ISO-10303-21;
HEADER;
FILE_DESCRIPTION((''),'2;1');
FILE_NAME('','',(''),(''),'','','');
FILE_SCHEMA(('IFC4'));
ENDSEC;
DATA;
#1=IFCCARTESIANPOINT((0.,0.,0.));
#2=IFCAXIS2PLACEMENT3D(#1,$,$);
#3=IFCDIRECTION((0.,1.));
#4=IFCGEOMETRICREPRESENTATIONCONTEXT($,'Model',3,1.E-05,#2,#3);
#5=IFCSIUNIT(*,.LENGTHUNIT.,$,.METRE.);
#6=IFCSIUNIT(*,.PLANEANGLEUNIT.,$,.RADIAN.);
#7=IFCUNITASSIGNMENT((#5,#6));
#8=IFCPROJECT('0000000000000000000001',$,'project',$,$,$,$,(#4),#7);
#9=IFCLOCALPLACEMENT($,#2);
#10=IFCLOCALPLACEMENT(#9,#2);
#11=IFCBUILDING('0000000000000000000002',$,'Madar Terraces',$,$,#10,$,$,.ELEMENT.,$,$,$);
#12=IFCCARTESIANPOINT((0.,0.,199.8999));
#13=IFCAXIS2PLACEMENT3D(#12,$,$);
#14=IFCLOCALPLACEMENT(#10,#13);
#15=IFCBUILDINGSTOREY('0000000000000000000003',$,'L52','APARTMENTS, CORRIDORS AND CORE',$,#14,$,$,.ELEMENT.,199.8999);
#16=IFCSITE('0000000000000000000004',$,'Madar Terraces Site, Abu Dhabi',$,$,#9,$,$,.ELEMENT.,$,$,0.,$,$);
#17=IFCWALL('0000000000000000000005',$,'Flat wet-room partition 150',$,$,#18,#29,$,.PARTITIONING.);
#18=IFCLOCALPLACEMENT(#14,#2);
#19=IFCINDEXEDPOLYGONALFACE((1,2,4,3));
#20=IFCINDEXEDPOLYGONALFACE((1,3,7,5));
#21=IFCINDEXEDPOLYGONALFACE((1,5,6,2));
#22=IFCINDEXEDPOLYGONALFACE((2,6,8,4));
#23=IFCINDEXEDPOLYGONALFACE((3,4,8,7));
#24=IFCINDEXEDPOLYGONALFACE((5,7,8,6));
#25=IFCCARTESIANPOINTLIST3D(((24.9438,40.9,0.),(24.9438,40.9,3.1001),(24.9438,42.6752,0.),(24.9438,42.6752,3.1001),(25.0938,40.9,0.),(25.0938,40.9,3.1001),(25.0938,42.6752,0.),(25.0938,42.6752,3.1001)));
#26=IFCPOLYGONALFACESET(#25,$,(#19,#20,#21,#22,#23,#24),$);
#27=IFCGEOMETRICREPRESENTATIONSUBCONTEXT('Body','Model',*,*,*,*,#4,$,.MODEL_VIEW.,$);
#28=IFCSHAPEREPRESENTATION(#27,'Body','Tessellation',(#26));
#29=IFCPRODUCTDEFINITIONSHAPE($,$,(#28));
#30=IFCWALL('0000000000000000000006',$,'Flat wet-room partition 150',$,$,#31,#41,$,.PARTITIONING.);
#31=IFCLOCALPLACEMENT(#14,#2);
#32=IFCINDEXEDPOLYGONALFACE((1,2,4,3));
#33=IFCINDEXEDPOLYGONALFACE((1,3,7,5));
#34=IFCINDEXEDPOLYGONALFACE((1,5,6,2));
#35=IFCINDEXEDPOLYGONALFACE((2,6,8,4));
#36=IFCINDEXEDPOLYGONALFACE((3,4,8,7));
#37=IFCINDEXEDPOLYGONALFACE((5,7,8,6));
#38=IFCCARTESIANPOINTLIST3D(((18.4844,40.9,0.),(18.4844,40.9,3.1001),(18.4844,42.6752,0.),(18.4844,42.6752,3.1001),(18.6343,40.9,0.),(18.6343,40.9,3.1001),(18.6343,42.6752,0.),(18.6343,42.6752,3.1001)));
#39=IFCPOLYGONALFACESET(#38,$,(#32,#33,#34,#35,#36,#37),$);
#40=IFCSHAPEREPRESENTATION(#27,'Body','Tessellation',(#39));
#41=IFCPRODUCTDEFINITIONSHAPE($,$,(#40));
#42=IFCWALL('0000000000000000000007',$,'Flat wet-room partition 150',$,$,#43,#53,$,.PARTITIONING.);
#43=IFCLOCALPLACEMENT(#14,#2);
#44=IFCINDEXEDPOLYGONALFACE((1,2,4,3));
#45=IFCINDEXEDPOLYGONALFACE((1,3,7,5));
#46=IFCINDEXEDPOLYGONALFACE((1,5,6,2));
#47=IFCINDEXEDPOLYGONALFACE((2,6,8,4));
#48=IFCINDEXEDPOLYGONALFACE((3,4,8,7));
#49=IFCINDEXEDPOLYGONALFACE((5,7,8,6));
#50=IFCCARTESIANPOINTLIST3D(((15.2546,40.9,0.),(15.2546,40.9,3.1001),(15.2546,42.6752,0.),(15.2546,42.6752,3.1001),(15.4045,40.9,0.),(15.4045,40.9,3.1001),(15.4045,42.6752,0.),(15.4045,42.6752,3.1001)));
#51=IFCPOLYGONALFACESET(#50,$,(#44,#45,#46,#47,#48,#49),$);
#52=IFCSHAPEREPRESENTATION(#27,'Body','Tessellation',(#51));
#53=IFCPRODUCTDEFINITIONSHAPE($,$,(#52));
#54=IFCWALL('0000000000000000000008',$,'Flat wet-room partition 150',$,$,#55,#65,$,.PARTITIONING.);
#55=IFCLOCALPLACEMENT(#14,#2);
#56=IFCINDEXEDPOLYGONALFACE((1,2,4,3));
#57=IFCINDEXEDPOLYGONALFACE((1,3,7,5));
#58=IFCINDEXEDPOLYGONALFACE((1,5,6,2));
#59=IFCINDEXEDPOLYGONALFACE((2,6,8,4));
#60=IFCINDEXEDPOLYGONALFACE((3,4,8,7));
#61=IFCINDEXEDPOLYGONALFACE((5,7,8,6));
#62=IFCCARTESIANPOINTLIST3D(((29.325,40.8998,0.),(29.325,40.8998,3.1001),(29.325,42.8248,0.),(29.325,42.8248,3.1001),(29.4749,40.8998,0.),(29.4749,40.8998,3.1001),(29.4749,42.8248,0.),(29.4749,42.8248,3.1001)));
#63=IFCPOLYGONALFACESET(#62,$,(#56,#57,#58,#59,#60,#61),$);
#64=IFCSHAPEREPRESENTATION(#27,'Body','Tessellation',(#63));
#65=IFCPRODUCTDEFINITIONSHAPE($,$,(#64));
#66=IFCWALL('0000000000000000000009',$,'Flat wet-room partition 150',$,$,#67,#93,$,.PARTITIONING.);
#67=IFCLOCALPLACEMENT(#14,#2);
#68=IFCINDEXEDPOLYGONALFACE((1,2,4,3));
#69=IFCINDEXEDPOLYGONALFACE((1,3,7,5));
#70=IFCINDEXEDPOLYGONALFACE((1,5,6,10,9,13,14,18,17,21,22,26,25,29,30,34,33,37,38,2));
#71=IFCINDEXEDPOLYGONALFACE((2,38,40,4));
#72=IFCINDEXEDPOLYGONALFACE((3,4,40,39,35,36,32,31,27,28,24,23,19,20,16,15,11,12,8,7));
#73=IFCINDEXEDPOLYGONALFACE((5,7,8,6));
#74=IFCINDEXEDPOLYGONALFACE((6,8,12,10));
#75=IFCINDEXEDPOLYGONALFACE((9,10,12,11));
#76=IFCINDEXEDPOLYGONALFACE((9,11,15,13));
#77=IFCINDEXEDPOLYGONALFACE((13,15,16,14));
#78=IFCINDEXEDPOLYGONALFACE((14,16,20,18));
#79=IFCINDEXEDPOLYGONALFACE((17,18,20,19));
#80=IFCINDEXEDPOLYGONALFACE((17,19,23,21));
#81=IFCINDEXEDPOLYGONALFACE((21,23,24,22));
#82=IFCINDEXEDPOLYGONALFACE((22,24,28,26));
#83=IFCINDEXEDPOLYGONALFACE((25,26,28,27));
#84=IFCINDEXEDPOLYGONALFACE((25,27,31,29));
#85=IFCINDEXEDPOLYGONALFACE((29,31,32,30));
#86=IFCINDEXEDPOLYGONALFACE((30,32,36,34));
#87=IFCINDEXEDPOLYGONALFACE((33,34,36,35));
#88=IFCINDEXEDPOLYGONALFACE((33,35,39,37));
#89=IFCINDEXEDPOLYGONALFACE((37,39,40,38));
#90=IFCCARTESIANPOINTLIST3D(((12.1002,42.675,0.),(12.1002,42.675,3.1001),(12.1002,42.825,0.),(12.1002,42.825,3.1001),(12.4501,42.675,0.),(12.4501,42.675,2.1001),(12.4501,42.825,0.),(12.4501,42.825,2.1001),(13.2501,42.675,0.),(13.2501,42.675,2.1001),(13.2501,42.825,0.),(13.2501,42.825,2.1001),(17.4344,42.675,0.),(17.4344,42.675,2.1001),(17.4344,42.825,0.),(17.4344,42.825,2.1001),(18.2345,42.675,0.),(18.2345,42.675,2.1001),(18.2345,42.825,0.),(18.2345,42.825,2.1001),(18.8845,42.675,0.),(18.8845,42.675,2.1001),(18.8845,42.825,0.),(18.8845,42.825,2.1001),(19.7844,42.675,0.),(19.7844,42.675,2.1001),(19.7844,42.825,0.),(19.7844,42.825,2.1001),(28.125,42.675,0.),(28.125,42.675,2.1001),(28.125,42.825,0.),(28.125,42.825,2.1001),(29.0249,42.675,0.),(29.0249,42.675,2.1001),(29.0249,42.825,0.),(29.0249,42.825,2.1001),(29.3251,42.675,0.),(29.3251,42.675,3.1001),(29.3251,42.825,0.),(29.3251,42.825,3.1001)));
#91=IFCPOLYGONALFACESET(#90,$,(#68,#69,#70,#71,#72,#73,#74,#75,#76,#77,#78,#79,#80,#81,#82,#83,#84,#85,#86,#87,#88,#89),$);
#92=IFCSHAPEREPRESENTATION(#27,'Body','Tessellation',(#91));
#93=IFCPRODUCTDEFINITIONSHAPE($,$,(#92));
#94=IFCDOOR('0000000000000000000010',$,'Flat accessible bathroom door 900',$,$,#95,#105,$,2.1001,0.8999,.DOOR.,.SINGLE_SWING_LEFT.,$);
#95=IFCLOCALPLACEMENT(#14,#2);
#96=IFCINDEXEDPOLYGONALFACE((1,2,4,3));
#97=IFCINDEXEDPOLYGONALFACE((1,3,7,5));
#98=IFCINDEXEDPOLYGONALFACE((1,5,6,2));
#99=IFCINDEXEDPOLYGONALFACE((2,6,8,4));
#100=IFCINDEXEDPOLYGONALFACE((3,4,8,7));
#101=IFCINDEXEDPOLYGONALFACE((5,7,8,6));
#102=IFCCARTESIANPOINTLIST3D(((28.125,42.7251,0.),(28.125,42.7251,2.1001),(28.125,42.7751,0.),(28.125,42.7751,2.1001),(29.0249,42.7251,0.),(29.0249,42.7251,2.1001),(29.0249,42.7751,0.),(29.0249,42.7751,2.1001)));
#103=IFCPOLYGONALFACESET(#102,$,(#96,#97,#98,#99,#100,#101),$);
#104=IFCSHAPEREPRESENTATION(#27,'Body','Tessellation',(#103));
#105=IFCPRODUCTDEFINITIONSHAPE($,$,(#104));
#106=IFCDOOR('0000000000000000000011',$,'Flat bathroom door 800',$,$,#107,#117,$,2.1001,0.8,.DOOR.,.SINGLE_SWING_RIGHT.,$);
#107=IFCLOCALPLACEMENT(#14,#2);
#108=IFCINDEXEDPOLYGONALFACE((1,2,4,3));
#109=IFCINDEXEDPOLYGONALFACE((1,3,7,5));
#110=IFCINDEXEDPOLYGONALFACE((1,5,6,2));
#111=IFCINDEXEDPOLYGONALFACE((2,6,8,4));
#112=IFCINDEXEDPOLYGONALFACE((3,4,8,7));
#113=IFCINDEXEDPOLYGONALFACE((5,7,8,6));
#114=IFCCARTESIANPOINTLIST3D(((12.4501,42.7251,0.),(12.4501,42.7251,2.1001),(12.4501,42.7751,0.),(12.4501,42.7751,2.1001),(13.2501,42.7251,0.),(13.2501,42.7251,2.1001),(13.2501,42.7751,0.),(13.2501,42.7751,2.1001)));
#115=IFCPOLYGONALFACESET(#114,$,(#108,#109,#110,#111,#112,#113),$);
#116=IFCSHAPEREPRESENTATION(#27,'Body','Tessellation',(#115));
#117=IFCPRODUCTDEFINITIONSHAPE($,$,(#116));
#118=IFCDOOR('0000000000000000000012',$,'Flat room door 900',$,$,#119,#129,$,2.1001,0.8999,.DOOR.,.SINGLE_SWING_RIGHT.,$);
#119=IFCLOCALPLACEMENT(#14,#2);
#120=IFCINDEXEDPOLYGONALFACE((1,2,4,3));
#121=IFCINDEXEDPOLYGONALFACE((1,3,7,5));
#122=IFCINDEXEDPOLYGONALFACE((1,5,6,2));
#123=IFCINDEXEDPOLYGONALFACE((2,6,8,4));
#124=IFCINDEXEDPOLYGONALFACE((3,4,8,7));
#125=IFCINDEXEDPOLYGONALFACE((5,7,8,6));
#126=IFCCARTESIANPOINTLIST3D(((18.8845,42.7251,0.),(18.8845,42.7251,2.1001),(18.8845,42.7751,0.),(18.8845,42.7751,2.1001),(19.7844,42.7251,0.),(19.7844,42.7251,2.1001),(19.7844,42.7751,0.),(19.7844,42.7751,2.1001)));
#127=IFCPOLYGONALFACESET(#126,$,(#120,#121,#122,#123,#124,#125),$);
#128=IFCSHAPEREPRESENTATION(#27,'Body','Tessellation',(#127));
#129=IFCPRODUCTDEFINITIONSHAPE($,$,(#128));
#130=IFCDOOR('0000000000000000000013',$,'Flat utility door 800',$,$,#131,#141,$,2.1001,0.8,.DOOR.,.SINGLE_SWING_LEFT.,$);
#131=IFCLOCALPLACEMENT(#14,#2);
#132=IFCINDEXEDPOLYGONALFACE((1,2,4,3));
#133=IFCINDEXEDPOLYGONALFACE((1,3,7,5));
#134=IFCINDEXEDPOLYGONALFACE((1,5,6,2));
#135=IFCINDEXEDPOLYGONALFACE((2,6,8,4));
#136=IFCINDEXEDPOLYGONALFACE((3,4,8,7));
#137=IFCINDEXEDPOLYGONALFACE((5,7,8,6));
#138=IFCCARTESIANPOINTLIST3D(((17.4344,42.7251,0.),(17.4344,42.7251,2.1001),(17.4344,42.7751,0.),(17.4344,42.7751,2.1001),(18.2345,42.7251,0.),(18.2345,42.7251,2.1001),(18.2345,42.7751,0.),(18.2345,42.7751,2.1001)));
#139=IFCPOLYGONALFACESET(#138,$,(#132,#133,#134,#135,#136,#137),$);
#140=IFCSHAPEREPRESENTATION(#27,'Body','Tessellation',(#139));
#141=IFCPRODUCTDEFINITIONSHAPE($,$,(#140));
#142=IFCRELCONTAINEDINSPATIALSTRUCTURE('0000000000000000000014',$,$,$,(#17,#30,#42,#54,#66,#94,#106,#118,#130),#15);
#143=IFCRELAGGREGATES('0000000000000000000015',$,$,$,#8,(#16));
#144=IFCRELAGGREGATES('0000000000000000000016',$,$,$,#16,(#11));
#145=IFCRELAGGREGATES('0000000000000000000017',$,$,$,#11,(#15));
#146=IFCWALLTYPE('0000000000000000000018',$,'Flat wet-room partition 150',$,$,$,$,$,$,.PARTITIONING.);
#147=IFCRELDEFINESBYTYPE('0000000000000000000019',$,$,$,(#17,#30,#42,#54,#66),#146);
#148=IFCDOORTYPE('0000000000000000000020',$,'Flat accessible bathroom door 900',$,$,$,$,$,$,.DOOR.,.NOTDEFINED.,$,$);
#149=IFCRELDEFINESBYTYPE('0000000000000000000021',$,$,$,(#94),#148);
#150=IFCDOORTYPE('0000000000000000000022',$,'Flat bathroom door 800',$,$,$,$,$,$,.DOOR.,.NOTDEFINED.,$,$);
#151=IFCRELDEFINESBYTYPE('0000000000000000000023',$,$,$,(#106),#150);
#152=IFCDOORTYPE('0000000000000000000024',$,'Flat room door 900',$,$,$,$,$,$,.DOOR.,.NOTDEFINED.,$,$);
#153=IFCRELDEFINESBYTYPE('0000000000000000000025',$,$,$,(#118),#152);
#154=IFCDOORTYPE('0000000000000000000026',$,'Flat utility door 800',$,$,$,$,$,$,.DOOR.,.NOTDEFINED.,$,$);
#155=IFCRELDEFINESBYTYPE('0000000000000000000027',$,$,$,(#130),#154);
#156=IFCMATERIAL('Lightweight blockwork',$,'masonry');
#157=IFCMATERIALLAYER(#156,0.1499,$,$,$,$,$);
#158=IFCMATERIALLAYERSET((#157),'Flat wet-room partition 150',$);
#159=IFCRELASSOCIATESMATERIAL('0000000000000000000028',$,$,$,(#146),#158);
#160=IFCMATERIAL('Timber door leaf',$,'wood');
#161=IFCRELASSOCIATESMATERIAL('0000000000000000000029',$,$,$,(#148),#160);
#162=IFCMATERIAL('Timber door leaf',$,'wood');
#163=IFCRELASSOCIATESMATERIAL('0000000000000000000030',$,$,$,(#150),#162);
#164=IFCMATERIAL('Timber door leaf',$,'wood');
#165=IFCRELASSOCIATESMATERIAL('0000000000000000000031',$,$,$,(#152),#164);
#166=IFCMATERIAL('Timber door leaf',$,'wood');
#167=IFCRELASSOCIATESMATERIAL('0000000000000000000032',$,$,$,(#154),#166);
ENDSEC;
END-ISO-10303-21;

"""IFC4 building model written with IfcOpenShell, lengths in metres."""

from ifc_helpers import new_model, si_unit, direction, frame, frame_2d, origin, place, context, subcontext, project, spatial, rectangle, extrude, material, layer, layer_set, type_object, element, fill, save


model = new_model("IFC4")

# Units and contexts
model_context = context("Model", 3, precision=1e-05, world=origin(), true_north=direction((0.0, 1.0)))
body_context = subcontext(model_context, "Body", "Model", "MODEL_VIEW")
ifc_project = project(units=[si_unit("LENGTHUNIT", "METRE"), si_unit("PLANEANGLEUNIT", "RADIAN")], contexts=[model_context])

# Site, building, storey
site_placement = place(None, origin())
site = spatial("IfcSite", under=ifc_project, at=site_placement, Name="Madar Terraces Site, Abu Dhabi", CompositionType="ELEMENT", RefElevation=0.0)
building_placement = place(site_placement, origin())
building = spatial("IfcBuilding", under=site, at=building_placement, Name="Madar Terraces", CompositionType="ELEMENT")
storey_placement = place(building_placement, frame((0.0, 0.0, 199.8999)))
storey = spatial("IfcBuildingStorey", under=building, at=storey_placement, Name="L52", Description="APARTMENTS, CORRIDORS AND CORE", CompositionType="ELEMENT", Elevation=199.8999)

# Walls
ifc_material_1 = material(Name="Lightweight blockwork", Category="masonry")
ifc_layer_1 = layer(ifc_material_1, 0.1499)
ifc_layer_set_1 = layer_set([ifc_layer_1], Name="Flat wet-room partition 150")
wall_type_1 = type_object("IfcWallType", Name="Flat wet-room partition 150", PredefinedType="PARTITIONING", material=ifc_layer_set_1)
for number, where, z_axis, x_axis, name in (
    (1, (25.0188, 40.8999, 0.0), (0.0, 0.0, 1.0), (0.0, 1.0, 0.0), "Flat wet-room partition 150"),
    (2, (18.5593, 40.8999, 0.0), (0.0, 0.0, 1.0), (0.0, 1.0, 0.0), "Flat wet-room partition 150"),
    (3, (15.3296, 40.8999, 0.0), (0.0, 0.0, 1.0), (0.0, 1.0, 0.0), "Flat wet-room partition 150"),
):
    element("IfcWall", number, at=place(storey_placement, frame(where, z_axis=z_axis, x_axis=x_axis)), inside=storey, type_object=wall_type_1, Name=name, PredefinedType="PARTITIONING", context=body_context, shape_type="SweptSolid", body=[
        extrude(rectangle(XDim=1.7751, YDim=0.1499, at=frame_2d((0.8877, 0.0))), origin(), (0.0, 0.0, 1.0), 3.1001),
    ])
wall_1_placement = place(storey_placement, frame((29.3999, 40.8999, 0.0), z_axis=(0.0, 0.0, 1.0), x_axis=(0.0, 1.0, 0.0)))
element("IfcWall", 4, at=wall_1_placement, inside=storey, type_object=wall_type_1, Name="Flat wet-room partition 150", PredefinedType="PARTITIONING", context=body_context, shape_type="SweptSolid", body=[
    extrude(rectangle(XDim=1.925, YDim=0.1499, at=frame_2d((0.9624, 0.0))), origin(), (0.0, 0.0, 1.0), 3.1001),
])

# Wall, openings, doors
wall_2_placement = place(storey_placement, frame((29.325, 42.75, 0.0), z_axis=(0.0, 0.0, 1.0), x_axis=(-1.0, 0.0, 0.0)))
wall_2 = element("IfcWall", 5, at=wall_2_placement, inside=storey, type_object=wall_type_1, Name="Flat wet-room partition 150", PredefinedType="PARTITIONING", context=body_context, shape_type="SweptSolid", body=[
    extrude(rectangle(XDim=17.2249, YDim=0.1499, at=frame_2d((8.6123, 0.0))), origin(), (0.0, 0.0, 1.0), 3.1001),
])
opening_1_placement = place(wall_2_placement, frame((0.3, 0.0, 0.0)))
opening_1 = element("IfcOpeningElement", 6, at=opening_1_placement, cuts=wall_2, PredefinedType="OPENING", context=body_context, shape_type="SweptSolid", body=[
    extrude(rectangle(XDim=0.8999, YDim=2.1001, at=frame_2d((0.45, 1.05))), frame((0.0, 0.085, 0.0), z_axis=(0.0, -1.0, 0.0), x_axis=(1.0, 0.0, 0.0)), (0.0, 0.0, 1.0), 0.1699),
])
opening_2_placement = place(wall_2_placement, frame((9.5405, 0.0, 0.0)))
opening_2 = element("IfcOpeningElement", 7, at=opening_2_placement, cuts=wall_2, PredefinedType="OPENING", context=body_context, shape_type="SweptSolid", body=[
    extrude(rectangle(XDim=0.8999, YDim=2.1001, at=frame_2d((0.45, 1.05))), frame((0.0, 0.085, 0.0), z_axis=(0.0, -1.0, 0.0), x_axis=(1.0, 0.0, 0.0)), (0.0, 0.0, 1.0), 0.1699),
])
opening_3_placement = place(wall_2_placement, frame((11.0906, 0.0, 0.0)))
opening_3 = element("IfcOpeningElement", 8, at=opening_3_placement, cuts=wall_2, PredefinedType="OPENING", context=body_context, shape_type="SweptSolid", body=[
    extrude(rectangle(XDim=0.8, YDim=2.1001, at=frame_2d((0.3999, 1.05))), frame((0.0, 0.085, 0.0), z_axis=(0.0, -1.0, 0.0), x_axis=(1.0, 0.0, 0.0)), (0.0, 0.0, 1.0), 0.1699),
])
opening_4_placement = place(wall_2_placement, frame((16.075, 0.0, 0.0)))
opening_4 = element("IfcOpeningElement", 9, at=opening_4_placement, cuts=wall_2, PredefinedType="OPENING", context=body_context, shape_type="SweptSolid", body=[
    extrude(rectangle(XDim=0.8, YDim=2.1001, at=frame_2d((0.3999, 1.05))), frame((0.0, 0.085, 0.0), z_axis=(0.0, -1.0, 0.0), x_axis=(1.0, 0.0, 0.0)), (0.0, 0.0, 1.0), 0.1699),
])
ifc_material_2 = material(Name="Timber door leaf", Category="wood")
door_type_1 = type_object("IfcDoorType", Name="Flat accessible bathroom door 900", OperationType="NOTDEFINED", PredefinedType="DOOR", material=ifc_material_2)
door_1_placement = place(opening_1_placement, origin())
door_1 = element("IfcDoor", 10, at=door_1_placement, inside=storey, type_object=door_type_1, Name="Flat accessible bathroom door 900", OperationType="SINGLE_SWING_LEFT", OverallHeight=2.1001, OverallWidth=0.8999, PredefinedType="DOOR", context=body_context, shape_type="SweptSolid", body=[
    extrude(rectangle(XDim=0.8999, YDim=2.1001, at=frame_2d((0.45, 1.05))), frame((0.0, 0.0249, 0.0), z_axis=(0.0, -1.0, 0.0), x_axis=(1.0, 0.0, 0.0)), (0.0, 0.0, 1.0), 0.05),
])
fill(opening_1, door_1)
ifc_material_3 = material(Name="Timber door leaf", Category="wood")
door_type_2 = type_object("IfcDoorType", Name="Flat bathroom door 800", OperationType="NOTDEFINED", PredefinedType="DOOR", material=ifc_material_3)
door_2_placement = place(opening_4_placement, origin())
door_2 = element("IfcDoor", 11, at=door_2_placement, inside=storey, type_object=door_type_2, Name="Flat bathroom door 800", OperationType="SINGLE_SWING_RIGHT", OverallHeight=2.1001, OverallWidth=0.8, PredefinedType="DOOR", context=body_context, shape_type="SweptSolid", body=[
    extrude(rectangle(XDim=0.8, YDim=2.1001, at=frame_2d((0.3999, 1.05))), frame((0.0, 0.0249, 0.0), z_axis=(0.0, -1.0, 0.0), x_axis=(1.0, 0.0, 0.0)), (0.0, 0.0, 1.0), 0.05),
])
fill(opening_4, door_2)
ifc_material_4 = material(Name="Timber door leaf", Category="wood")
door_type_3 = type_object("IfcDoorType", Name="Flat room door 900", OperationType="NOTDEFINED", PredefinedType="DOOR", material=ifc_material_4)
door_3_placement = place(opening_2_placement, origin())
door_3 = element("IfcDoor", 12, at=door_3_placement, inside=storey, type_object=door_type_3, Name="Flat room door 900", OperationType="SINGLE_SWING_RIGHT", OverallHeight=2.1001, OverallWidth=0.8999, PredefinedType="DOOR", context=body_context, shape_type="SweptSolid", body=[
    extrude(rectangle(XDim=0.8999, YDim=2.1001, at=frame_2d((0.45, 1.05))), frame((0.0, 0.0249, 0.0), z_axis=(0.0, -1.0, 0.0), x_axis=(1.0, 0.0, 0.0)), (0.0, 0.0, 1.0), 0.05),
])
fill(opening_2, door_3)
ifc_material_5 = material(Name="Timber door leaf", Category="wood")
door_type_4 = type_object("IfcDoorType", Name="Flat utility door 800", OperationType="NOTDEFINED", PredefinedType="DOOR", material=ifc_material_5)
door_4_placement = place(opening_3_placement, origin())
door_4 = element("IfcDoor", 13, at=door_4_placement, inside=storey, type_object=door_type_4, Name="Flat utility door 800", OperationType="SINGLE_SWING_LEFT", OverallHeight=2.1001, OverallWidth=0.8, PredefinedType="DOOR", context=body_context, shape_type="SweptSolid", body=[
    extrude(rectangle(XDim=0.8, YDim=2.1001, at=frame_2d((0.3999, 1.05))), frame((0.0, 0.0249, 0.0), z_axis=(0.0, -1.0, 0.0), x_axis=(1.0, 0.0, 0.0)), (0.0, 0.0, 1.0), 0.05),
])
fill(opening_3, door_4)

save(model, "model.ifc")
